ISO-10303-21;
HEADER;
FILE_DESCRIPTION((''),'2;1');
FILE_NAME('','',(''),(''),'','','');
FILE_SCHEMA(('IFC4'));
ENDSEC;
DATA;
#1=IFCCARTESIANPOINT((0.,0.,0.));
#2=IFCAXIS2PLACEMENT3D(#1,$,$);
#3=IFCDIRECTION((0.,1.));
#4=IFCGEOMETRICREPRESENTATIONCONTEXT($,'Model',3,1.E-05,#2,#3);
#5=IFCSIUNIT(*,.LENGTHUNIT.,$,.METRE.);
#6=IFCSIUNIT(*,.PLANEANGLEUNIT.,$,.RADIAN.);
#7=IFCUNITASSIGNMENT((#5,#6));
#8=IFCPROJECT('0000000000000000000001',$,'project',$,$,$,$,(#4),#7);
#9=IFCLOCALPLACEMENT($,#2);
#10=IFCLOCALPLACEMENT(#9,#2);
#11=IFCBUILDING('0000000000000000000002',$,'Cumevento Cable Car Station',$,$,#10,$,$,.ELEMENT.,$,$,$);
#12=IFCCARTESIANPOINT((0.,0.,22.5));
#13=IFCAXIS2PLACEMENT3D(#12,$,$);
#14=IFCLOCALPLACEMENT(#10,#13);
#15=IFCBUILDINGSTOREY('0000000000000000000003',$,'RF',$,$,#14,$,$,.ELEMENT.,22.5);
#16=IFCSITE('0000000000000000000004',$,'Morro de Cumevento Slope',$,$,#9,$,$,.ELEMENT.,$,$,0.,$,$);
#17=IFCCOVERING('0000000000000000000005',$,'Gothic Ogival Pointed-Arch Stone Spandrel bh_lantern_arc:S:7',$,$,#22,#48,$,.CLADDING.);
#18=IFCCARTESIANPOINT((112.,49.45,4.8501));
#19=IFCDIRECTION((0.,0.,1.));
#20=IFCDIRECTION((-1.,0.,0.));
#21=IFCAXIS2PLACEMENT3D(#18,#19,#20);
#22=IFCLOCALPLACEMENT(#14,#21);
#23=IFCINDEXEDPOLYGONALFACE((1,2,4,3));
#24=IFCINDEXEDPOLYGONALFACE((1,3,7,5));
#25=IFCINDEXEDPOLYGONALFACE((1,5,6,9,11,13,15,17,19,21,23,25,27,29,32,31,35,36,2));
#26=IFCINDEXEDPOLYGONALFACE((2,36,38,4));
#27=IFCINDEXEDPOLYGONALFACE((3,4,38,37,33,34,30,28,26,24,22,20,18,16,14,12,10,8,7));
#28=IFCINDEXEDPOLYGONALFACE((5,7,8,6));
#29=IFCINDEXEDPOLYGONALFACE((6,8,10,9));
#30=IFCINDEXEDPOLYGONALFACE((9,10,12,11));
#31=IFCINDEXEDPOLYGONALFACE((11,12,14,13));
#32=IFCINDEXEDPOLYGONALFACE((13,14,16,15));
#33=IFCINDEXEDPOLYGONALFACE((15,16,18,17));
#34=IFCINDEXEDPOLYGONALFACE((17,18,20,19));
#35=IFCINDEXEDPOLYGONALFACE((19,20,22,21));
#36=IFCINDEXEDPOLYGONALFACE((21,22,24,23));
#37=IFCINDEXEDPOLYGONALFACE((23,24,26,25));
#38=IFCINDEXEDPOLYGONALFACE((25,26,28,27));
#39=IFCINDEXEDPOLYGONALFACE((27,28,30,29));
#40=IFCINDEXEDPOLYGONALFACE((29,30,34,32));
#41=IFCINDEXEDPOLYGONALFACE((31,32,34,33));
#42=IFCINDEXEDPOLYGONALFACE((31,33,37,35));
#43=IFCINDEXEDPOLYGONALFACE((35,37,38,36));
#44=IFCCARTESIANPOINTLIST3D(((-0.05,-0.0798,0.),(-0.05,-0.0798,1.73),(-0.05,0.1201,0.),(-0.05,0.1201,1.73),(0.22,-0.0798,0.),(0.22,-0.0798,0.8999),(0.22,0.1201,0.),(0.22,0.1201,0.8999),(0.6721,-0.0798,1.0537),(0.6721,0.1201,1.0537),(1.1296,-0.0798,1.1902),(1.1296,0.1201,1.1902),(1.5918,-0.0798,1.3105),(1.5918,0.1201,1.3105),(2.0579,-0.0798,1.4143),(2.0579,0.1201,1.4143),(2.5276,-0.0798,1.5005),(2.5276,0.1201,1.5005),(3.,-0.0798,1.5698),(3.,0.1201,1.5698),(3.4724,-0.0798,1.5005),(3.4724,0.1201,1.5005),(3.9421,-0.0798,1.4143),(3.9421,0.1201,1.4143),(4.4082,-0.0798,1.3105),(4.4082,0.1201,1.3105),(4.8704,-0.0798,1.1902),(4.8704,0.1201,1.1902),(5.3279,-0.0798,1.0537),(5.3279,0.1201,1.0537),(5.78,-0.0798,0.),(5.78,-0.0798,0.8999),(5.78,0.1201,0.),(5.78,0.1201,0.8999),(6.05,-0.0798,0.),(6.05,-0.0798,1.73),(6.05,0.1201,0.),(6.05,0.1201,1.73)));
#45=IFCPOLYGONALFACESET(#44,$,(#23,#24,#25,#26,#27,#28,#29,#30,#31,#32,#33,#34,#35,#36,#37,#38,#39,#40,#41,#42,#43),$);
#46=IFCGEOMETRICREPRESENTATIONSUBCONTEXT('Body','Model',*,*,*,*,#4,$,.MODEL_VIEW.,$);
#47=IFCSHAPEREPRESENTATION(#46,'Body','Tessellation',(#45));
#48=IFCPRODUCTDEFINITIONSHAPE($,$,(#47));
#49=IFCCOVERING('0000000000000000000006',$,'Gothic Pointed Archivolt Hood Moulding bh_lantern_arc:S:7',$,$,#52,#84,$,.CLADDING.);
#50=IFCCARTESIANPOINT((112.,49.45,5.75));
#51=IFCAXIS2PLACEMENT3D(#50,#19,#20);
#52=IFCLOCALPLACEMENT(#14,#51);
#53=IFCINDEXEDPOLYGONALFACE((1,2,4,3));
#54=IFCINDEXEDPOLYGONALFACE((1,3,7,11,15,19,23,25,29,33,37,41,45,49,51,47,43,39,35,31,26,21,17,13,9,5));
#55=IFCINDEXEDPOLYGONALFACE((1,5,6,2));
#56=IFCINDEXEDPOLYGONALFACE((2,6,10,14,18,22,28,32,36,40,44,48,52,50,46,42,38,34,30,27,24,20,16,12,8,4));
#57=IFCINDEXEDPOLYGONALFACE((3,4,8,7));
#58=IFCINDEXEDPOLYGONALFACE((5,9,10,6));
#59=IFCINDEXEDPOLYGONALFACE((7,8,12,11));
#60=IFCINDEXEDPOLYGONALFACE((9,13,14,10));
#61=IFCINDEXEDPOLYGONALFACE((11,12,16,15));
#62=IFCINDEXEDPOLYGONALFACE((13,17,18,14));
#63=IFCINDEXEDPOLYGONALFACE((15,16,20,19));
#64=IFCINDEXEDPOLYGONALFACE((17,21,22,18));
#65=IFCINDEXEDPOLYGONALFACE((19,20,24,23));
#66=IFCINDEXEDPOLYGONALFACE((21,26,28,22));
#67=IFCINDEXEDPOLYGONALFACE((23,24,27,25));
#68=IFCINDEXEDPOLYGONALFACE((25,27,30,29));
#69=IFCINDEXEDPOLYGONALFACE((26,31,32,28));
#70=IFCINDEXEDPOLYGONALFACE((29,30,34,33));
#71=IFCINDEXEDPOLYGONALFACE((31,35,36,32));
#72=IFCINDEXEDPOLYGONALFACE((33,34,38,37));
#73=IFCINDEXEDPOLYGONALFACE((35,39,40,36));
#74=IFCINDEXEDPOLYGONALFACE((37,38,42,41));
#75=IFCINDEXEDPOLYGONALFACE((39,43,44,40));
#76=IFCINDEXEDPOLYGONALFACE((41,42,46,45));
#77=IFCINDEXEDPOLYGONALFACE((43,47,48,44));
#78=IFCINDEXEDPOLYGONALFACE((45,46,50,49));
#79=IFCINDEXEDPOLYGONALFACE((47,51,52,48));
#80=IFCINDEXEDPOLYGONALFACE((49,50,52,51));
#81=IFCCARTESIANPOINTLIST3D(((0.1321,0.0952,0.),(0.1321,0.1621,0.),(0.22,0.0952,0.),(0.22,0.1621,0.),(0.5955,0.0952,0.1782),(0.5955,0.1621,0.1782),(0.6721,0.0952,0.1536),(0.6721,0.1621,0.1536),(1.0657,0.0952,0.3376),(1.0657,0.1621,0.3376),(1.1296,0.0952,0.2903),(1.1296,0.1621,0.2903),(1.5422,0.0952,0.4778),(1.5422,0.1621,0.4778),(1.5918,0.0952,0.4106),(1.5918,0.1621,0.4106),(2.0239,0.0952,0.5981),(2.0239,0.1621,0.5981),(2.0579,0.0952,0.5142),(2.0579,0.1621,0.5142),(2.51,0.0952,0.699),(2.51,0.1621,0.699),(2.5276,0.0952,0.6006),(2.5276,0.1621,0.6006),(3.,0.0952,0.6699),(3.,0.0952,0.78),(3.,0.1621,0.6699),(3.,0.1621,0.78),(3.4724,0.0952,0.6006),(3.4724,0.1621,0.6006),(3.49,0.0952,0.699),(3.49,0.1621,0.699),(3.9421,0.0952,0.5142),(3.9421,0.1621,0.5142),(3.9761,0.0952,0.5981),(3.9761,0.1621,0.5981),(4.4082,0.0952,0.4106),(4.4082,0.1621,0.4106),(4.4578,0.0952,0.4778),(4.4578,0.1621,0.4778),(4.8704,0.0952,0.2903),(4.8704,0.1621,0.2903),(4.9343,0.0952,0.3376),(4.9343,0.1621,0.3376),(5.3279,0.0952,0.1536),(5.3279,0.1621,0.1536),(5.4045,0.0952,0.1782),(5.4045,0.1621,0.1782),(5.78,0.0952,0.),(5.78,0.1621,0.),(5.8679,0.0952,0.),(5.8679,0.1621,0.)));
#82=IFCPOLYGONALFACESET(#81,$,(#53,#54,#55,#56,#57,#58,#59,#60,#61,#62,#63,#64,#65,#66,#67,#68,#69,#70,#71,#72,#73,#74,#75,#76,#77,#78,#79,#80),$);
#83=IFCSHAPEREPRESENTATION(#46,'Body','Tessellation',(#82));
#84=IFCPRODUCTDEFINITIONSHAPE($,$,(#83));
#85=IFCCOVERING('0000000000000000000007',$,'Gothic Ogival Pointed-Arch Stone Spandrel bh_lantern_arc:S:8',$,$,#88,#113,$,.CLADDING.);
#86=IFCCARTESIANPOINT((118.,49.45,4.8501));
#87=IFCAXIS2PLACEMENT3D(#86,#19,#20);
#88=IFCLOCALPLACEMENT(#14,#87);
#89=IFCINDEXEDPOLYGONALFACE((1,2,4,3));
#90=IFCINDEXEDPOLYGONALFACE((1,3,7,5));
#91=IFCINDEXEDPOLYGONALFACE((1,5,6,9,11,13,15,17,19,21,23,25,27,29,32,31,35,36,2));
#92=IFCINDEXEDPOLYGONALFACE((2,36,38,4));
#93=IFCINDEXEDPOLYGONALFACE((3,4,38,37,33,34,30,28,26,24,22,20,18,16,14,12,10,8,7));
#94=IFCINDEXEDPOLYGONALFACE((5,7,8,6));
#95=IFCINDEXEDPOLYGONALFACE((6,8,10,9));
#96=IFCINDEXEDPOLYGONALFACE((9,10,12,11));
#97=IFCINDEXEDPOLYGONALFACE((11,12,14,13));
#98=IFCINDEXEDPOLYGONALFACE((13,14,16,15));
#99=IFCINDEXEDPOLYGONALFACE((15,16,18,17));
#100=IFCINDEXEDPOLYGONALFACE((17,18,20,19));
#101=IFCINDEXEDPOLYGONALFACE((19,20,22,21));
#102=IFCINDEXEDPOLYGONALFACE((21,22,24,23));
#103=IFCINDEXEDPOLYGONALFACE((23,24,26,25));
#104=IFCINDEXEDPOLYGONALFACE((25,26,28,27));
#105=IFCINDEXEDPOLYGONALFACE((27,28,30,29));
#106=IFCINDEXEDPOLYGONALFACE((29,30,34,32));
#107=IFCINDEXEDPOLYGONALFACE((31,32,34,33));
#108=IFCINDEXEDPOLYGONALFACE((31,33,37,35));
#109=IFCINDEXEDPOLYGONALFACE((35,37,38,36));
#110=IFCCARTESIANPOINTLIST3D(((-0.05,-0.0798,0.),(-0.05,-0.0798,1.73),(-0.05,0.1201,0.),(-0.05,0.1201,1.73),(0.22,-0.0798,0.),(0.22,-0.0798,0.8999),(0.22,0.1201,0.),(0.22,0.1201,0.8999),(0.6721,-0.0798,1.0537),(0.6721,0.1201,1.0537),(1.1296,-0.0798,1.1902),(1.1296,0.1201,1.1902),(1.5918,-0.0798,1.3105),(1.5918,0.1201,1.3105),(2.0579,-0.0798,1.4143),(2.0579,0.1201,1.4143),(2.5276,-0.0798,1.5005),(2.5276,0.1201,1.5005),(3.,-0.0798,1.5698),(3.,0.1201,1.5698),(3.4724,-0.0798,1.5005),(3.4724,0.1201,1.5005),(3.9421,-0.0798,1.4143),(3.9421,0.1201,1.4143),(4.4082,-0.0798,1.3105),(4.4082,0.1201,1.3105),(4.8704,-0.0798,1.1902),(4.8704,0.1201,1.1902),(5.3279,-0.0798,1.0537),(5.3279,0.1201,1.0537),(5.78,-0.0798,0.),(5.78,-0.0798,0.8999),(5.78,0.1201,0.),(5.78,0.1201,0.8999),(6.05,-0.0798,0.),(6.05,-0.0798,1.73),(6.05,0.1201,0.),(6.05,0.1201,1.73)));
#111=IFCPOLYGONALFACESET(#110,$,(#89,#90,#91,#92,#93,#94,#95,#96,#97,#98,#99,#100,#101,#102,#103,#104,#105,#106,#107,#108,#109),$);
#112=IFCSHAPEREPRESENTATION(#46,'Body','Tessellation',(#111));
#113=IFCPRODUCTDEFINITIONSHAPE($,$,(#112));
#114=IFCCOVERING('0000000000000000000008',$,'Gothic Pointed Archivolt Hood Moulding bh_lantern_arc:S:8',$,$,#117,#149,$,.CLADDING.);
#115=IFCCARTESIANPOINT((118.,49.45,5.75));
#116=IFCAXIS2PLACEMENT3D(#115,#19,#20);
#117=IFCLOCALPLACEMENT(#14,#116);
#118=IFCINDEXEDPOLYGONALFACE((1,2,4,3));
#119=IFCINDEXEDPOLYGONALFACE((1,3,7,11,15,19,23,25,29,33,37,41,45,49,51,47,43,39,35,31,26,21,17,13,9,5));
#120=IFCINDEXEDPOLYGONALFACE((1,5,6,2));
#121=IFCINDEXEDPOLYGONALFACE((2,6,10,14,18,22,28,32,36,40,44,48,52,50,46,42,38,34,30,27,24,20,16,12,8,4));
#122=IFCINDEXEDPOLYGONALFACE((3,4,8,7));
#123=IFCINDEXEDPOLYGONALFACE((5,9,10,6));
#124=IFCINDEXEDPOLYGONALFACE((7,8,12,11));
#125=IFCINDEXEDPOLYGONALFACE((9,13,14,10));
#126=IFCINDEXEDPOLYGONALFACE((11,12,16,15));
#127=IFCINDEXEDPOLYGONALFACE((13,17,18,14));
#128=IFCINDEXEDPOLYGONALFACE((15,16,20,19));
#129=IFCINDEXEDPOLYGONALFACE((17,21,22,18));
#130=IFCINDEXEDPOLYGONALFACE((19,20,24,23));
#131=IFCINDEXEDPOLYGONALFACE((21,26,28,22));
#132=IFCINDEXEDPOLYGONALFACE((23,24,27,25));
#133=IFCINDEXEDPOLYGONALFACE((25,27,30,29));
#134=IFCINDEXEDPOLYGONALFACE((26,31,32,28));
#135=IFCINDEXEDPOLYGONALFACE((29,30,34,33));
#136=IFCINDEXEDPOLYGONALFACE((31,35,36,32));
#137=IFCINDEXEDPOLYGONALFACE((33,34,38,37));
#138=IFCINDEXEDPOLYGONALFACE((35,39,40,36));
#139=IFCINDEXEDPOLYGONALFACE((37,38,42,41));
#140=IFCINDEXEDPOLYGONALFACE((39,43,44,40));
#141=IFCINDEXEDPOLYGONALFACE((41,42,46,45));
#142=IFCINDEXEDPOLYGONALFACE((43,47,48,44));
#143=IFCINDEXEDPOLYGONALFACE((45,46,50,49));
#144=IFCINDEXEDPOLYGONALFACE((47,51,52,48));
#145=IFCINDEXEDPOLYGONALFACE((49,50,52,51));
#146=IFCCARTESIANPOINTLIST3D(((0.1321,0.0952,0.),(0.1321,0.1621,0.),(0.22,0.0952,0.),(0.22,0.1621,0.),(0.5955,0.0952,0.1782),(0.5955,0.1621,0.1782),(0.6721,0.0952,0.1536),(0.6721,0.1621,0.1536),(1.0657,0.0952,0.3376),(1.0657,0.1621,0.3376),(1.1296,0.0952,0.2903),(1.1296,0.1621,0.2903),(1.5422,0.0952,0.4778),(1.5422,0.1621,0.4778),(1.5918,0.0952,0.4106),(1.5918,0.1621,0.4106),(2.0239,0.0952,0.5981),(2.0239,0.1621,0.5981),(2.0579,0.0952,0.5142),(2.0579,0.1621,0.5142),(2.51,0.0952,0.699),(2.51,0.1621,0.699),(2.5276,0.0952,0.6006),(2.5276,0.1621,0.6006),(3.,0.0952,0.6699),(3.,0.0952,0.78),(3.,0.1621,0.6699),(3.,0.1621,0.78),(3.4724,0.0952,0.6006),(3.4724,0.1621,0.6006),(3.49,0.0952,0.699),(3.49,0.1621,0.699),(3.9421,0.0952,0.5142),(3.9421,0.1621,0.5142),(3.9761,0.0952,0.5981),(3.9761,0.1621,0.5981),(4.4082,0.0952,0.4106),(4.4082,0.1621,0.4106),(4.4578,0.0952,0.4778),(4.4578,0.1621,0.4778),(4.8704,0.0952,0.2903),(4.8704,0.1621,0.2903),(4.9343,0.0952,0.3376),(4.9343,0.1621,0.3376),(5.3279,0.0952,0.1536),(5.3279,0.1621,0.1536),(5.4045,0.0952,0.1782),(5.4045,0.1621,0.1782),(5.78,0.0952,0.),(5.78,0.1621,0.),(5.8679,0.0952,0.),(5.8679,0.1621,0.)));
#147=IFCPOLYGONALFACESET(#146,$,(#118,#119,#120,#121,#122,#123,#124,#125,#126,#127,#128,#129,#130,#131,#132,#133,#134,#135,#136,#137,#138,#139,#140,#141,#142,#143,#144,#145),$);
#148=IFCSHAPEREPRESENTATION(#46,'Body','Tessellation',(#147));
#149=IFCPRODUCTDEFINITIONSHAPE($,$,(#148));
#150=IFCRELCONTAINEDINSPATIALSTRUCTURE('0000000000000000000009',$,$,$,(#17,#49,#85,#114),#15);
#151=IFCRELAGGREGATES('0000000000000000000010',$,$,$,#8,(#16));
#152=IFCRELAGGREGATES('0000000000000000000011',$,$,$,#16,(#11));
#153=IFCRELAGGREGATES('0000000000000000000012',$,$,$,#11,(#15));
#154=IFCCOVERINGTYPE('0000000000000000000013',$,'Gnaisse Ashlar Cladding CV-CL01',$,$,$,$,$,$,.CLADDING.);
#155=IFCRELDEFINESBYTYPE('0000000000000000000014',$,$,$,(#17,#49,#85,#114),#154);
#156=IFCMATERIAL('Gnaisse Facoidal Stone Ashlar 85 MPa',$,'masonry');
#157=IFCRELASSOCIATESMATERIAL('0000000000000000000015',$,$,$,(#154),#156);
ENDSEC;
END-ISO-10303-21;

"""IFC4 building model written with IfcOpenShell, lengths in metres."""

from ifc_helpers import new_model, si_unit, direction, frame, origin, place, context, subcontext, project, spatial, polyline, outline, extrude, material, type_object, element, save


model = new_model("IFC4")

# Units and contexts
model_context = context("Model", 3, precision=1e-05, world=origin(), true_north=direction((0.0, 1.0)))
body_context = subcontext(model_context, "Body", "Model", "MODEL_VIEW")
ifc_project = project(units=[si_unit("LENGTHUNIT", "METRE"), si_unit("PLANEANGLEUNIT", "RADIAN")], contexts=[model_context])

# Site, building, storey
site_placement = place(None, origin())
site = spatial("IfcSite", under=ifc_project, at=site_placement, Name="Morro de Cumevento Slope", CompositionType="ELEMENT", RefElevation=0.0)
building_placement = place(site_placement, origin())
building = spatial("IfcBuilding", under=site, at=building_placement, Name="Cumevento Cable Car Station", CompositionType="ELEMENT")
storey_placement = place(building_placement, frame((0.0, 0.0, 22.5)))
storey = spatial("IfcBuildingStorey", under=building, at=storey_placement, Name="RF", CompositionType="ELEMENT", Elevation=22.5)

# Coverings
ifc_material_1 = material(Name="Gnaisse Facoidal Stone Ashlar 85 MPa", Category="masonry")
covering_type = type_object("IfcCoveringType", Name="Gnaisse Ashlar Cladding CV-CL01", PredefinedType="CLADDING", material=ifc_material_1)
covering_1_placement = place(storey_placement, frame((112.0, 49.45, 4.8501), z_axis=(0.0, 0.0, 1.0), x_axis=(-1.0, 0.0, 0.0)))
element("IfcCovering", 1, at=covering_1_placement, inside=storey, type_object=covering_type, Name="Gothic Ogival Pointed-Arch Stone Spandrel bh_lantern_arc:S:7", PredefinedType="CLADDING", context=body_context, shape_type="SweptSolid", body=[
    extrude(outline(polyline([(-0.05, 0.0), (-0.05, 1.73), (6.05, 1.73), (6.05, 0.0), (5.78, 0.0), (5.78, 0.8999), (5.3279, 1.0537), (4.8704, 1.1902), (4.4082, 1.3105), (3.9421, 1.4143), (3.4724, 1.5005), (3.0, 1.5698), (2.5276, 1.5005), (2.0579, 1.4143), (1.5918, 1.3105), (1.1296, 1.1902), (0.6721, 1.0537), (0.22, 0.8999), (0.22, 0.0), (-0.05, 0.0)])), frame((0.0, 0.1201, 0.0), z_axis=(0.0, -1.0, 0.0), x_axis=(1.0, 0.0, 0.0)), (0.0, 0.0, 1.0), 0.2),
])
covering_2_placement = place(storey_placement, frame((112.0, 49.45, 5.75), z_axis=(0.0, 0.0, 1.0), x_axis=(-1.0, 0.0, 0.0)))
element("IfcCovering", 2, at=covering_2_placement, inside=storey, type_object=covering_type, Name="Gothic Pointed Archivolt Hood Moulding bh_lantern_arc:S:7", PredefinedType="CLADDING", context=body_context, shape_type="SweptSolid", body=[
    extrude(outline(polyline([(0.22, 0.0), (0.6721, 0.1536), (1.1296, 0.2903), (1.5918, 0.4106), (2.0579, 0.5142), (2.5276, 0.6006), (3.0, 0.6699), (3.4724, 0.6006), (3.9421, 0.5142), (4.4082, 0.4106), (4.8704, 0.2903), (5.3279, 0.1536), (5.78, 0.0), (5.8679, 0.0), (5.4045, 0.1782), (4.9343, 0.3376), (4.4578, 0.4778), (3.9761, 0.5981), (3.49, 0.699), (3.0, 0.78), (2.51, 0.699), (2.0239, 0.5981), (1.5422, 0.4778), (1.0657, 0.3376), (0.5955, 0.1782), (0.1321, 0.0), (0.22, 0.0)])), frame((0.0, 0.1621, 0.0), z_axis=(0.0, -1.0, 0.0), x_axis=(1.0, 0.0, 0.0)), (0.0, 0.0, 1.0), 0.0669),
])
covering_3_placement = place(storey_placement, frame((118.0, 49.45, 4.8501), z_axis=(0.0, 0.0, 1.0), x_axis=(-1.0, 0.0, 0.0)))
element("IfcCovering", 3, at=covering_3_placement, inside=storey, type_object=covering_type, Name="Gothic Ogival Pointed-Arch Stone Spandrel bh_lantern_arc:S:8", PredefinedType="CLADDING", context=body_context, shape_type="SweptSolid", body=[
    extrude(outline(polyline([(-0.05, 0.0), (-0.05, 1.73), (6.05, 1.73), (6.05, 0.0), (5.78, 0.0), (5.78, 0.8999), (5.3279, 1.0537), (4.8704, 1.1902), (4.4082, 1.3105), (3.9421, 1.4143), (3.4724, 1.5005), (3.0, 1.5698), (2.5276, 1.5005), (2.0579, 1.4143), (1.5918, 1.3105), (1.1296, 1.1902), (0.6721, 1.0537), (0.22, 0.8999), (0.22, 0.0), (-0.05, 0.0)])), frame((0.0, 0.1201, 0.0), z_axis=(0.0, -1.0, 0.0), x_axis=(1.0, 0.0, 0.0)), (0.0, 0.0, 1.0), 0.2),
])
covering_4_placement = place(storey_placement, frame((118.0, 49.45, 5.75), z_axis=(0.0, 0.0, 1.0), x_axis=(-1.0, 0.0, 0.0)))
element("IfcCovering", 4, at=covering_4_placement, inside=storey, type_object=covering_type, Name="Gothic Pointed Archivolt Hood Moulding bh_lantern_arc:S:8", PredefinedType="CLADDING", context=body_context, shape_type="SweptSolid", body=[
    extrude(outline(polyline([(0.22, 0.0), (0.6721, 0.1536), (1.1296, 0.2903), (1.5918, 0.4106), (2.0579, 0.5142), (2.5276, 0.6006), (3.0, 0.6699), (3.4724, 0.6006), (3.9421, 0.5142), (4.4082, 0.4106), (4.8704, 0.2903), (5.3279, 0.1536), (5.78, 0.0), (5.8679, 0.0), (5.4045, 0.1782), (4.9343, 0.3376), (4.4578, 0.4778), (3.9761, 0.5981), (3.49, 0.699), (3.0, 0.78), (2.51, 0.699), (2.0239, 0.5981), (1.5422, 0.4778), (1.0657, 0.3376), (0.5955, 0.1782), (0.1321, 0.0), (0.22, 0.0)])), frame((0.0, 0.1621, 0.0), z_axis=(0.0, -1.0, 0.0), x_axis=(1.0, 0.0, 0.0)), (0.0, 0.0, 1.0), 0.0669),
])

save(model, "model.ifc")
